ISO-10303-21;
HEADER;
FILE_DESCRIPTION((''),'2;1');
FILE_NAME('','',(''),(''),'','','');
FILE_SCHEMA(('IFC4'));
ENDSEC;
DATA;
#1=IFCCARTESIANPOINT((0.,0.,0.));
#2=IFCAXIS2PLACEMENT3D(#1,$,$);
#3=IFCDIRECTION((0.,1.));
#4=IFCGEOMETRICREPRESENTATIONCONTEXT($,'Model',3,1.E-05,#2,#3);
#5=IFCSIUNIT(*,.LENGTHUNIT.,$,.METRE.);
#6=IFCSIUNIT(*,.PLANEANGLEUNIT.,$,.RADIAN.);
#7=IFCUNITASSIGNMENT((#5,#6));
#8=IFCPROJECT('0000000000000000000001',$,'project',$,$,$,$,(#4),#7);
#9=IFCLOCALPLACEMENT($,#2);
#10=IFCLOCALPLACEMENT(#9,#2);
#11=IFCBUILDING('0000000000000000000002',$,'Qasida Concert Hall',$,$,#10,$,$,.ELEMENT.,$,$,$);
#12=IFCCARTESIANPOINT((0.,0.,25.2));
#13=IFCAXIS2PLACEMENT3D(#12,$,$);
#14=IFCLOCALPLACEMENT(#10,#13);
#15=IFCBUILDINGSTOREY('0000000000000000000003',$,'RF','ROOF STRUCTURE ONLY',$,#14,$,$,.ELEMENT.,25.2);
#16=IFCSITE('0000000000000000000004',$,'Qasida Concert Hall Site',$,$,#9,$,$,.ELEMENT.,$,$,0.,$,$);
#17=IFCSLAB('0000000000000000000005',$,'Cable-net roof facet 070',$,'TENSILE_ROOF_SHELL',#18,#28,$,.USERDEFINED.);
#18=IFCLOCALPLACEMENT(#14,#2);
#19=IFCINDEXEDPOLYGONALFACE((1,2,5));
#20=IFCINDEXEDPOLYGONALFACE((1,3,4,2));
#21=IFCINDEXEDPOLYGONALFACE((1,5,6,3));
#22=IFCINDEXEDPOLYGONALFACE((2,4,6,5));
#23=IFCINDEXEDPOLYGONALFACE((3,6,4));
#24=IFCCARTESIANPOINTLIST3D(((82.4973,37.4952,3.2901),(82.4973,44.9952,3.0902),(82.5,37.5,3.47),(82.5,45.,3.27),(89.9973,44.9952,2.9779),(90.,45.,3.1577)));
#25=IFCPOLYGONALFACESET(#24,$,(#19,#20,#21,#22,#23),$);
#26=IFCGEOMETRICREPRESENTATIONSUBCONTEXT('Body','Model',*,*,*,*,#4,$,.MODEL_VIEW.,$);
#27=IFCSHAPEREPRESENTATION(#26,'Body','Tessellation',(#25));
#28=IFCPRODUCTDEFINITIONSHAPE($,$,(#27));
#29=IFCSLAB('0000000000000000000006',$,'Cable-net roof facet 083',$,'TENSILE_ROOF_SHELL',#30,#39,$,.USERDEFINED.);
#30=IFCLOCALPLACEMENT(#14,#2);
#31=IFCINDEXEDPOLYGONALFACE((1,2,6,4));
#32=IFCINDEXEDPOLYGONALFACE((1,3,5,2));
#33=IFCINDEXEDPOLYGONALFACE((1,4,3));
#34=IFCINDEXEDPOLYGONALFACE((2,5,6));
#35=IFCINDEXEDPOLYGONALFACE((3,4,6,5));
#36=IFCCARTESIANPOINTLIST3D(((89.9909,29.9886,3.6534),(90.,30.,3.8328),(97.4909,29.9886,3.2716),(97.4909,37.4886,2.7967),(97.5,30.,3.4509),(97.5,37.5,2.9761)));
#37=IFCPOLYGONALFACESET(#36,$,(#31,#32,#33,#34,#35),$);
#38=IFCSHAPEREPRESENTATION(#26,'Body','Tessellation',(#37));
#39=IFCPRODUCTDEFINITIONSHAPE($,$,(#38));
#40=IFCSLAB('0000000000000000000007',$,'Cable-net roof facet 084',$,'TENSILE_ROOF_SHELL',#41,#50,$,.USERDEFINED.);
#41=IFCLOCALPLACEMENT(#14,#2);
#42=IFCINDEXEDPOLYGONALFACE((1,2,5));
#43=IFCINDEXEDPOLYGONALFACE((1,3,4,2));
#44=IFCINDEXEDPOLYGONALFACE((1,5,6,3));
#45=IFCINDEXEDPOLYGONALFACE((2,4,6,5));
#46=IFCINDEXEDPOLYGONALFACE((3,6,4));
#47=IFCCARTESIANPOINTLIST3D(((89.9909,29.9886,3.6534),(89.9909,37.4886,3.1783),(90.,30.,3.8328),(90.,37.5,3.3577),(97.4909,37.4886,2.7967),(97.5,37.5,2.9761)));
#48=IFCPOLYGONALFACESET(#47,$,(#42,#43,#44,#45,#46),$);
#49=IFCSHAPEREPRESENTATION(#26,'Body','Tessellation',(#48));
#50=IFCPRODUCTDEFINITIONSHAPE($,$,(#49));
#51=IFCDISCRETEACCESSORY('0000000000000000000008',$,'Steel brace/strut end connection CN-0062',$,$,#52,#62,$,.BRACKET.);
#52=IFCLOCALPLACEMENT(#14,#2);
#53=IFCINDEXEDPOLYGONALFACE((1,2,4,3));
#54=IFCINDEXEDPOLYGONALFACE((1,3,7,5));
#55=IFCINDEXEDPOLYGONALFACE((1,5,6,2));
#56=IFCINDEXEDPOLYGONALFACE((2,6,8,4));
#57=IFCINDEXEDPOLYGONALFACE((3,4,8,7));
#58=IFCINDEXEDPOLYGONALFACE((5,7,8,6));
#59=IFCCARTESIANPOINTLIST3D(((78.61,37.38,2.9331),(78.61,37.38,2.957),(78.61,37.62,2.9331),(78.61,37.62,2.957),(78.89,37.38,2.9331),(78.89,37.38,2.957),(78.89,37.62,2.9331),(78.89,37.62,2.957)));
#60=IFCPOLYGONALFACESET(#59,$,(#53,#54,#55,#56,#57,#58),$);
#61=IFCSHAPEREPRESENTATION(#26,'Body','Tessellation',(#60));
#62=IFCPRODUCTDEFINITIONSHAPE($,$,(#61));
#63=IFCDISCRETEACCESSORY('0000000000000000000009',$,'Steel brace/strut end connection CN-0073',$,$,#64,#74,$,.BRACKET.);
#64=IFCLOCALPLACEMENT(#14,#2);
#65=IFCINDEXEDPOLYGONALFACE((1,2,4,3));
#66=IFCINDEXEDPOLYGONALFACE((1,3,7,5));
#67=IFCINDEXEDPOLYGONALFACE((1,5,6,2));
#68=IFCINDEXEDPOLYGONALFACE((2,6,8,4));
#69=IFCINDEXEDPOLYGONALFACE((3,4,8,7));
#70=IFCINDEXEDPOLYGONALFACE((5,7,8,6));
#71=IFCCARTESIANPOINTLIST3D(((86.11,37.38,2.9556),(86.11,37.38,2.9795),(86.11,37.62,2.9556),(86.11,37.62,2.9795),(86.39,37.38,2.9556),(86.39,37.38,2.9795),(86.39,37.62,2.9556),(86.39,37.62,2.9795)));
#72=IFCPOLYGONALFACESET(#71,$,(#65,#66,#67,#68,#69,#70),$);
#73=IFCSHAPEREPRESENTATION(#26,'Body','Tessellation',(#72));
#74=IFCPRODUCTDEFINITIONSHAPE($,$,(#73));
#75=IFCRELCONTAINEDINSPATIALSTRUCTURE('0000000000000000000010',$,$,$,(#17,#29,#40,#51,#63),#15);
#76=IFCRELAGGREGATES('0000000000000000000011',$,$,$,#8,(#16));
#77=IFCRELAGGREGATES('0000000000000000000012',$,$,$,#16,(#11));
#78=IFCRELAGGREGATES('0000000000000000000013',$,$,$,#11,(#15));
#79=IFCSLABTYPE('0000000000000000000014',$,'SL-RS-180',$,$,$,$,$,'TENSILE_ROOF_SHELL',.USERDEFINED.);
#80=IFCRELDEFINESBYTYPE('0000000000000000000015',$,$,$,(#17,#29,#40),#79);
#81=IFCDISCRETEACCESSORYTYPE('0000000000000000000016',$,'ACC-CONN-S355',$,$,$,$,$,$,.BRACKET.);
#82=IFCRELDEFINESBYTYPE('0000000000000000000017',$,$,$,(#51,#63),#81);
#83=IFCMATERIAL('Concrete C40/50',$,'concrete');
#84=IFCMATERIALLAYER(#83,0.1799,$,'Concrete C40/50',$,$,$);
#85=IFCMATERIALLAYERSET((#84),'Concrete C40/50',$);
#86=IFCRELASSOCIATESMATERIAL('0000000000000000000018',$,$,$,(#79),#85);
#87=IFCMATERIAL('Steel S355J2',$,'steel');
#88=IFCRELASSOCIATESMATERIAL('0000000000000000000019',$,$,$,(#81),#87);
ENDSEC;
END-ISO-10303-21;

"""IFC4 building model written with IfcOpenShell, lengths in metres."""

from ifc_helpers import new_model, si_unit, direction, frame, origin, origin_2d, place, context, subcontext, project, spatial, polyline, rectangle, outline, extrude, material, layer, layer_set, type_object, element, save


model = new_model("IFC4")

# Units and contexts
model_context = context("Model", 3, precision=1e-05, world=origin(), true_north=direction((0.0, 1.0)))
body_context = subcontext(model_context, "Body", "Model", "MODEL_VIEW")
ifc_project = project(units=[si_unit("LENGTHUNIT", "METRE"), si_unit("PLANEANGLEUNIT", "RADIAN")], contexts=[model_context])

# Site, building, storey
site_placement = place(None, origin())
site = spatial("IfcSite", under=ifc_project, at=site_placement, Name="Qasida Concert Hall Site", CompositionType="ELEMENT", RefElevation=0.0)
building_placement = place(site_placement, origin())
building = spatial("IfcBuilding", under=site, at=building_placement, Name="Qasida Concert Hall", CompositionType="ELEMENT")
storey_placement = place(building_placement, frame((0.0, 0.0, 25.2)))
storey = spatial("IfcBuildingStorey", under=building, at=storey_placement, Name="RF", Description="ROOF STRUCTURE ONLY", CompositionType="ELEMENT", Elevation=25.2)

# Shared definitions
ifc_material_1 = material(Name="Steel S355J2", Category="steel")

# Slabs
ifc_material_2 = material(Name="Concrete C40/50", Category="concrete")
ifc_layer_1 = layer(ifc_material_2, 0.1799, Name="Concrete C40/50")
ifc_layer_set_1 = layer_set([ifc_layer_1], Name="Concrete C40/50")
slab_type = type_object("IfcSlabType", Name="SL-RS-180", ElementType="TENSILE_ROOF_SHELL", PredefinedType="USERDEFINED", material=ifc_layer_set_1)
slab_1_placement = place(storey_placement, frame((82.5, 37.5, 3.47), z_axis=(0.014967, 0.026648, 0.999533), x_axis=(0.706801, 0.706801, -0.029427)))
element("IfcSlab", 1, at=slab_1_placement, inside=storey, type_object=slab_type, Name="Cable-net roof facet 070", ObjectType="TENSILE_ROOF_SHELL", PredefinedType="USERDEFINED", context=body_context, shape_type="SweptSolid", body=[
    extrude(outline(polyline([(0.0, 0.0), (10.6112, 0.0), (5.3069, 5.3035), (0.0, 0.0)])), origin(), (0.0, 0.0, -1.0), 0.1799),
])
slab_2_placement = place(storey_placement, frame((90.0, 30.0, 3.8328), z_axis=(0.050744, 0.063106, 0.996716), x_axis=(0.998707, 0.0, -0.050846)))
element("IfcSlab", 2, at=slab_2_placement, inside=storey, type_object=slab_type, Name="Cable-net roof facet 083", ObjectType="TENSILE_ROOF_SHELL", PredefinedType="USERDEFINED", context=body_context, shape_type="SweptSolid", body=[
    extrude(outline(polyline([(0.0, 0.0), (7.5097, 0.0), (7.5339, 7.515), (0.0, 0.0)])), origin(), (0.0, 0.0, -1.0), 0.1799),
])
slab_3_placement = place(storey_placement, frame((90.0, 30.0, 3.8328), z_axis=(0.050712, 0.063138, 0.996716), x_axis=(0.704812, 0.704812, -0.080507)))
element("IfcSlab", 3, at=slab_3_placement, inside=storey, type_object=slab_type, Name="Cable-net roof facet 084", ObjectType="TENSILE_ROOF_SHELL", PredefinedType="USERDEFINED", context=body_context, shape_type="SweptSolid", body=[
    extrude(outline(polyline([(0.0, 0.0), (10.6411, 0.0), (5.3243, 5.3035), (0.0, 0.0)])), origin(), (0.0, 0.0, -1.0), 0.1799),
])

# Discrete accessories
discrete_accessory_type = type_object("IfcDiscreteAccessoryType", Name="ACC-CONN-S355", PredefinedType="BRACKET", material=ifc_material_1)
for number, where, z_axis, x_axis, name in (
    (4, (78.75, 37.5, 2.9331), (0.0, 0.0, 1.0), (1.0, 0.0, 0.0), "Steel brace/strut end connection CN-0062"),
    (5, (86.25, 37.5, 2.9556), (0.0, 0.0, 1.0), (1.0, 0.0, 0.0), "Steel brace/strut end connection CN-0073"),
):
    element("IfcDiscreteAccessory", number, at=place(storey_placement, frame(where, z_axis=z_axis, x_axis=x_axis)), inside=storey, type_object=discrete_accessory_type, Name=name, PredefinedType="BRACKET", context=body_context, shape_type="SweptSolid", body=[
        extrude(rectangle(XDim=0.28, YDim=0.24, at=origin_2d()), origin(), (0.0, 0.0, 1.0), 0.0239),
    ])

save(model, "model.ifc")
